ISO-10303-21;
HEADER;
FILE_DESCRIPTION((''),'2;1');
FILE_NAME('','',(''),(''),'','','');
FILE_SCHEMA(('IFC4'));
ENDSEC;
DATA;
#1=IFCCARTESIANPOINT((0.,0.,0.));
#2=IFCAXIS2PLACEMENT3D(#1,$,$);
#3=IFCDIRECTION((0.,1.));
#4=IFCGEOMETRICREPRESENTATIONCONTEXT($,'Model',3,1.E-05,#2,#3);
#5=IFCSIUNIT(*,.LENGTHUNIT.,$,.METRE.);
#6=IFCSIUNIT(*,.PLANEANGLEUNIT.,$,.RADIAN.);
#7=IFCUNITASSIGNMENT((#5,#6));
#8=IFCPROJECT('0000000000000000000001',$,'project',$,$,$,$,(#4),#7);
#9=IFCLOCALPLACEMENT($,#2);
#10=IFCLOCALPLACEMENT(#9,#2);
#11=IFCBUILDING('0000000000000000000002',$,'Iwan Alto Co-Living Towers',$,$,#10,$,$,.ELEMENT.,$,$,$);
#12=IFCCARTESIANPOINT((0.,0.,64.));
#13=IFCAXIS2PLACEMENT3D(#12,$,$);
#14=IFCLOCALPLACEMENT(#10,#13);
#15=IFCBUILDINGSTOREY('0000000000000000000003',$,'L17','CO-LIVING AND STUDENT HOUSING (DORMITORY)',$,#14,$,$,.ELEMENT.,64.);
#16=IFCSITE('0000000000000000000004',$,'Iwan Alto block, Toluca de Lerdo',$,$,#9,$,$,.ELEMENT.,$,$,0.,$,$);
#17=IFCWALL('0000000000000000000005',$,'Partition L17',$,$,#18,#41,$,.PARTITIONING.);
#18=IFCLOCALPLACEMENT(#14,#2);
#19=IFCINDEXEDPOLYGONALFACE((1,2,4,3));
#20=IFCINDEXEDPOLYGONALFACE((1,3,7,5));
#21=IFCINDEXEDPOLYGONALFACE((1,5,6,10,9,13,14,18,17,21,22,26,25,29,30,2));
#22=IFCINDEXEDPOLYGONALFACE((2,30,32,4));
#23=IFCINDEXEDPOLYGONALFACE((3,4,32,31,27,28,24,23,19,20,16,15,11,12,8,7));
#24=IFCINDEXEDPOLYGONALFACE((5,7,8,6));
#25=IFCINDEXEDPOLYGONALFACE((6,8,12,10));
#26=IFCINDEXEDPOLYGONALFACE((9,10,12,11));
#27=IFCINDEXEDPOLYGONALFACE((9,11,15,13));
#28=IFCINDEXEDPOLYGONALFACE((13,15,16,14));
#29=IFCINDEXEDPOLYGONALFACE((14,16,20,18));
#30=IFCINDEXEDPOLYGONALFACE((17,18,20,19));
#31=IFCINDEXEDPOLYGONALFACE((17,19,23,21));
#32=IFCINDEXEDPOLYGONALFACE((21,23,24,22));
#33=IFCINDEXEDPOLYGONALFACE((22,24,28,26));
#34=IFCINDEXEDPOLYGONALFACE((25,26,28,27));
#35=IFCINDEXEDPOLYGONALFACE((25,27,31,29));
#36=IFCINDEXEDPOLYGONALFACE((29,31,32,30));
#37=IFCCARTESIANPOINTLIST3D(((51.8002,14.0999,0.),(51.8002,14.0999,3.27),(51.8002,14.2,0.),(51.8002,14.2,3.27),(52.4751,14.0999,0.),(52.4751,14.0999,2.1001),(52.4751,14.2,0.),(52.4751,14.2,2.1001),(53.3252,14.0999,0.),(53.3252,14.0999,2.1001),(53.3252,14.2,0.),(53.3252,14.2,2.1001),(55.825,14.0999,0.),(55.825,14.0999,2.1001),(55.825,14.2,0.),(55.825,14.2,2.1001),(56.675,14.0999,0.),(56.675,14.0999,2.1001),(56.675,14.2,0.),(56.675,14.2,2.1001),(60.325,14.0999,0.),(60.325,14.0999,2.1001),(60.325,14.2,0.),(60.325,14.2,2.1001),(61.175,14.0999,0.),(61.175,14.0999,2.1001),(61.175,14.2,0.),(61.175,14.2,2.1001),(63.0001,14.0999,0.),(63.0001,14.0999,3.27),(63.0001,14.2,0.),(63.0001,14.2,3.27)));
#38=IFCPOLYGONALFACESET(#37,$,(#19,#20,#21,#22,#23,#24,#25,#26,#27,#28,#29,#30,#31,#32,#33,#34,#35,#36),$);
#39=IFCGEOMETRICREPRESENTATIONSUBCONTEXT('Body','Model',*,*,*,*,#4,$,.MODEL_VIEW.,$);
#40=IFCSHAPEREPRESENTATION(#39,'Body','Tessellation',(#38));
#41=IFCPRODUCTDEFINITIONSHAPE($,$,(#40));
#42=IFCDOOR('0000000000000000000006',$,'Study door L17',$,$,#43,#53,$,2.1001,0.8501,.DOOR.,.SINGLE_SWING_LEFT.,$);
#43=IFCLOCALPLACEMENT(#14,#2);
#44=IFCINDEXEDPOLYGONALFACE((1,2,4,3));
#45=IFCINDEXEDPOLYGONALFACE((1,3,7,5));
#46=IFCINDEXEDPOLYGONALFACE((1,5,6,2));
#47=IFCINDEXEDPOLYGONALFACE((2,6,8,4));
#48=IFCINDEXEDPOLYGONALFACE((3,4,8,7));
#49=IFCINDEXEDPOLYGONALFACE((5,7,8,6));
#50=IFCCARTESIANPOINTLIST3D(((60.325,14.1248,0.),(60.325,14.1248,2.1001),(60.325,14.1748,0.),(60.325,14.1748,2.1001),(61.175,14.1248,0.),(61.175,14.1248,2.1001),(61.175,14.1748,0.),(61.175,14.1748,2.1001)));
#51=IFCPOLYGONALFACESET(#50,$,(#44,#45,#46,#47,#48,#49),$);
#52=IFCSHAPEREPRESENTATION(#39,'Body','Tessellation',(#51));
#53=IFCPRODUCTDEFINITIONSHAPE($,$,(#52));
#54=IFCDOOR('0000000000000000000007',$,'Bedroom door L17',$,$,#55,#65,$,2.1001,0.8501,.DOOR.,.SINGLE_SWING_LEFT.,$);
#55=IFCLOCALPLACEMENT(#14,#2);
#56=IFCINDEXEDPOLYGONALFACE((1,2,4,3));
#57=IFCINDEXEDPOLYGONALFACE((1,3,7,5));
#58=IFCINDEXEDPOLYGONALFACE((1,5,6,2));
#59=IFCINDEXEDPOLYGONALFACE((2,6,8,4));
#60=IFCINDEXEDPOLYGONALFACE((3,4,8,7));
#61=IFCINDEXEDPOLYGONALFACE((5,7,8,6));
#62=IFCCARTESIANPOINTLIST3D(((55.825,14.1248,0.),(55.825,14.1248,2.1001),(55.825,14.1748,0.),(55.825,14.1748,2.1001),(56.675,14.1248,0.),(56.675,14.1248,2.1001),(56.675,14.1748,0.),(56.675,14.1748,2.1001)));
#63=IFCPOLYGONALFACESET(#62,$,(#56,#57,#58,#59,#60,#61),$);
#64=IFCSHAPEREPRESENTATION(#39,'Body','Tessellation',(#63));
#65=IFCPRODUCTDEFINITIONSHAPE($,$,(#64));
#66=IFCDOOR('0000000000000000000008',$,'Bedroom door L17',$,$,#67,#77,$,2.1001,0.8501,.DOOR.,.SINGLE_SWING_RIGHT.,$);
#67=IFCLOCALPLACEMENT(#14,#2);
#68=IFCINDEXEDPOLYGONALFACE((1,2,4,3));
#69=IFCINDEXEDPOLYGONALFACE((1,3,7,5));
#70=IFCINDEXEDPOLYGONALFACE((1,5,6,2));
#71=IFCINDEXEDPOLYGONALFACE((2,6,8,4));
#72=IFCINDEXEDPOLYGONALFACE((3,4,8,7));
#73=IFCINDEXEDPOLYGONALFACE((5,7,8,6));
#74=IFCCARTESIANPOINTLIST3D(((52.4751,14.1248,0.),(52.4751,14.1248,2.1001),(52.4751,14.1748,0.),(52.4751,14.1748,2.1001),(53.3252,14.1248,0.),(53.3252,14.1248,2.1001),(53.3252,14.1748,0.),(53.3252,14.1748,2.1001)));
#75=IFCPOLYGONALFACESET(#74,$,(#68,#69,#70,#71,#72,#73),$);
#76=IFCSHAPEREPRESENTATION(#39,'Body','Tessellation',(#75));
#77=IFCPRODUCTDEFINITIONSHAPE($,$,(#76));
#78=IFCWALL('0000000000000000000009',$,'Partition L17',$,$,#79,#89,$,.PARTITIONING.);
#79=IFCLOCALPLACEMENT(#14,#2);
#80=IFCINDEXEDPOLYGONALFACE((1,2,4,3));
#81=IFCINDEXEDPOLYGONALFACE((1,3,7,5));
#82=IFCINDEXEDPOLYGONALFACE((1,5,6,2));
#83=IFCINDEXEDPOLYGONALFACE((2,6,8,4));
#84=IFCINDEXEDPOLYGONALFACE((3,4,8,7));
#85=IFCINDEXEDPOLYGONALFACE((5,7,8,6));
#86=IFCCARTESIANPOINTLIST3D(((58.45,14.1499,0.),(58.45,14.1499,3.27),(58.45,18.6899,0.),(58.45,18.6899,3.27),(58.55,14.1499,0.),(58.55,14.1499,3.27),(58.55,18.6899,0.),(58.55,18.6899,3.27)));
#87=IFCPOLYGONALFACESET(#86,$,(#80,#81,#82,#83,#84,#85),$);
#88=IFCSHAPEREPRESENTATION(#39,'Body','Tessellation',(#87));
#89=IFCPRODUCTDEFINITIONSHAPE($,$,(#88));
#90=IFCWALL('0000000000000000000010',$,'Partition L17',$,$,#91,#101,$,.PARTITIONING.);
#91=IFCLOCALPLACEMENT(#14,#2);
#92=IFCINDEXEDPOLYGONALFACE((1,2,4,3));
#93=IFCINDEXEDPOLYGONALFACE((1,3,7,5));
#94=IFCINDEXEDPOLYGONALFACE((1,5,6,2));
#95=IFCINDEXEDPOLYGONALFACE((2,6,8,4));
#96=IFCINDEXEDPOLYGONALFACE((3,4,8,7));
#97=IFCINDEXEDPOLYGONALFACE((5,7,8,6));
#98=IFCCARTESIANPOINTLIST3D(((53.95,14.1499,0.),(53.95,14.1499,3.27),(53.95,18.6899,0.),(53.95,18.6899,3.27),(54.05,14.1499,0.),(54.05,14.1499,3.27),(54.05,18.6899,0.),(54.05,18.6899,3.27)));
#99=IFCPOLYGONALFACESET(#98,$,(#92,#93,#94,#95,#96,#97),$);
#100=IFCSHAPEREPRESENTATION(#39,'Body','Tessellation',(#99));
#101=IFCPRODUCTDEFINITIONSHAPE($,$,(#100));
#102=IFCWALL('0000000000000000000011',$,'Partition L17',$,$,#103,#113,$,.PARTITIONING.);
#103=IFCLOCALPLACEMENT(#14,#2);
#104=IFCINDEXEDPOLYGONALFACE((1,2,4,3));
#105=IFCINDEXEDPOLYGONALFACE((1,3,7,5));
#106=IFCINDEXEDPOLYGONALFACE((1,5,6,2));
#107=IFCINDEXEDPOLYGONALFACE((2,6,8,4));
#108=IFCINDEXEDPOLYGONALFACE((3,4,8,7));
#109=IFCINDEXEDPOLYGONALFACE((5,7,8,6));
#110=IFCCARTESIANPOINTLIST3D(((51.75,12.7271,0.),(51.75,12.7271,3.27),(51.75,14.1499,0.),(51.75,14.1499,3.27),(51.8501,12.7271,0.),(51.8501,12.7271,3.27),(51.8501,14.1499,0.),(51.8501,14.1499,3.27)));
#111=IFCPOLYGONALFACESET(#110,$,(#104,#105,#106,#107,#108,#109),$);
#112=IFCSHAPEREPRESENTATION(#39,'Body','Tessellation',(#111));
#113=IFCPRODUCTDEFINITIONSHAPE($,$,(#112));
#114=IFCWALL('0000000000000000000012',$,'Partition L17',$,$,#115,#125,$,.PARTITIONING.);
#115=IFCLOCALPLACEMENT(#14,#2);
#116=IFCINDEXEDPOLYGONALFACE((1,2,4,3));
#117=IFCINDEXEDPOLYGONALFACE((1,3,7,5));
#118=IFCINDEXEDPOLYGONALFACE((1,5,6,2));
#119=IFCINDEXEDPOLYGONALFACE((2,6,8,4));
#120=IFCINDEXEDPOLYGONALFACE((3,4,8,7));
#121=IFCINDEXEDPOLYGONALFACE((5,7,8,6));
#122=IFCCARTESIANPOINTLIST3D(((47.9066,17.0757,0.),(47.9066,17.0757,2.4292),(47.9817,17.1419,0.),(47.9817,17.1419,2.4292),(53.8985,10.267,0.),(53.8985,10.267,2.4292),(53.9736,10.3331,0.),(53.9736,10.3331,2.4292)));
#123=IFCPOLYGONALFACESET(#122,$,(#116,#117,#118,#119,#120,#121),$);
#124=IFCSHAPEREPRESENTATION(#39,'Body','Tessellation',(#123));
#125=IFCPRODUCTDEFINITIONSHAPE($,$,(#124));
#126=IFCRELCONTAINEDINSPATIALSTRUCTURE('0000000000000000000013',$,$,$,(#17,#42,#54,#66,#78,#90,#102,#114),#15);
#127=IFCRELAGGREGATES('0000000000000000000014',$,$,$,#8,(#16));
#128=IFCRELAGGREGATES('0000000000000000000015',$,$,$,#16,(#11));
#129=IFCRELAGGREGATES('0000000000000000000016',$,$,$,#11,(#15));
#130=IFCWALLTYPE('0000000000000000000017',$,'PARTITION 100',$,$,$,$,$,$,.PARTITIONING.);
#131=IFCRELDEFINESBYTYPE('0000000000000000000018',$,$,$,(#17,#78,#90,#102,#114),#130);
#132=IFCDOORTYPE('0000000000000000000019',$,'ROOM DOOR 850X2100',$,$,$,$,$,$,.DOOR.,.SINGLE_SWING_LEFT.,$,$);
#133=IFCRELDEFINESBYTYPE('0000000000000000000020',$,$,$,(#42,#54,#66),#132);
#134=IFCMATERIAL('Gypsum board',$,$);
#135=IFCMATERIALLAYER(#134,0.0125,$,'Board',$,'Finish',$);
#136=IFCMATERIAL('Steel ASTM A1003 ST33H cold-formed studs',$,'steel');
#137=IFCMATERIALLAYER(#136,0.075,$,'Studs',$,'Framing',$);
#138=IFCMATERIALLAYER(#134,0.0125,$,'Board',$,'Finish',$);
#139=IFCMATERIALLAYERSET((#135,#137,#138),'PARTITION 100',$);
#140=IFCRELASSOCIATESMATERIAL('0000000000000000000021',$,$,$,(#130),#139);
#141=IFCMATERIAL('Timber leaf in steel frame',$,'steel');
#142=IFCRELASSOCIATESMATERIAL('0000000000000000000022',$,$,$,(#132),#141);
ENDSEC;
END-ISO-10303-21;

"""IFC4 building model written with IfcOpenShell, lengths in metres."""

from ifc_helpers import new_model, si_unit, direction, frame, frame_2d, origin, place, context, subcontext, project, spatial, rectangle, extrude, material, layer, layer_set, type_object, element, fill, save


model = new_model("IFC4")

# Units and contexts
model_context = context("Model", 3, precision=1e-05, world=origin(), true_north=direction((0.0, 1.0)))
body_context = subcontext(model_context, "Body", "Model", "MODEL_VIEW")
ifc_project = project(units=[si_unit("LENGTHUNIT", "METRE"), si_unit("PLANEANGLEUNIT", "RADIAN")], contexts=[model_context])

# Site, building, storey
site_placement = place(None, origin())
site = spatial("IfcSite", under=ifc_project, at=site_placement, Name="Iwan Alto block, Toluca de Lerdo", CompositionType="ELEMENT", RefElevation=0.0)
building_placement = place(site_placement, origin())
building = spatial("IfcBuilding", under=site, at=building_placement, Name="Iwan Alto Co-Living Towers", CompositionType="ELEMENT")
storey_placement = place(building_placement, frame((0.0, 0.0, 64.0)))
storey = spatial("IfcBuildingStorey", under=building, at=storey_placement, Name="L17", Description="CO-LIVING AND STUDENT HOUSING (DORMITORY)", CompositionType="ELEMENT", Elevation=64.0)

# Shared definitions
ifc_material_1 = material(Name="Gypsum board")
ifc_material_2 = material(Name="Steel ASTM A1003 ST33H cold-formed studs", Category="steel")

# Wall, openings, doors
ifc_layer_1 = layer(ifc_material_1, 0.0125, Name="Board", Category="Finish")
ifc_layer_2 = layer(ifc_material_2, 0.075, Name="Studs", Category="Framing")
ifc_layer_3 = layer(ifc_material_1, 0.0125, Name="Board", Category="Finish")
ifc_layer_set_1 = layer_set([ifc_layer_1, ifc_layer_2, ifc_layer_3], Name="PARTITION 100")
wall_type_1 = type_object("IfcWallType", Name="PARTITION 100", PredefinedType="PARTITIONING", material=ifc_layer_set_1)
wall_1_placement = place(storey_placement, frame((51.8, 14.1499, 0.0), z_axis=(0.0, 0.0, 1.0), x_axis=(1.0, 0.0, 0.0)))
wall_1 = element("IfcWall", 1, at=wall_1_placement, inside=storey, type_object=wall_type_1, Name="Partition L17", PredefinedType="PARTITIONING", context=body_context, shape_type="SweptSolid", body=[
    extrude(rectangle(XDim=11.2, YDim=0.1001, at=frame_2d((5.6001, 0.0))), origin(), (0.0, 0.0, 1.0), 3.27),
])
opening_1_placement = place(wall_1_placement, frame((8.5249, 0.0, 0.0)))
opening_1 = element("IfcOpeningElement", 2, at=opening_1_placement, cuts=wall_1, PredefinedType="OPENING", context=body_context, shape_type="SweptSolid", body=[
    extrude(rectangle(XDim=0.8501, YDim=2.1001, at=frame_2d((0.425, 1.05))), frame((0.0, 0.0601, 0.0), z_axis=(0.0, -1.0, 0.0), x_axis=(1.0, 0.0, 0.0)), (0.0, 0.0, 1.0), 0.1201),
])
opening_2_placement = place(wall_1_placement, frame((4.0249, 0.0, 0.0)))
opening_2 = element("IfcOpeningElement", 3, at=opening_2_placement, cuts=wall_1, PredefinedType="OPENING", context=body_context, shape_type="SweptSolid", body=[
    extrude(rectangle(XDim=0.8501, YDim=2.1001, at=frame_2d((0.425, 1.05))), frame((0.0, 0.0601, 0.0), z_axis=(0.0, -1.0, 0.0), x_axis=(1.0, 0.0, 0.0)), (0.0, 0.0, 1.0), 0.1201),
])
opening_3_placement = place(wall_1_placement, frame((0.675, 0.0, 0.0)))
opening_3 = element("IfcOpeningElement", 4, at=opening_3_placement, cuts=wall_1, PredefinedType="OPENING", context=body_context, shape_type="SweptSolid", body=[
    extrude(rectangle(XDim=0.8501, YDim=2.1001, at=frame_2d((0.425, 1.05))), frame((0.0, 0.0601, 0.0), z_axis=(0.0, -1.0, 0.0), x_axis=(1.0, 0.0, 0.0)), (0.0, 0.0, 1.0), 0.1201),
])
ifc_material_3 = material(Name="Timber leaf in steel frame", Category="steel")
door_type_1 = type_object("IfcDoorType", Name="ROOM DOOR 850X2100", OperationType="SINGLE_SWING_LEFT", PredefinedType="DOOR", material=ifc_material_3)
door_1_placement = place(opening_1_placement, origin())
door_1 = element("IfcDoor", 5, at=door_1_placement, inside=storey, type_object=door_type_1, Name="Study door L17", OperationType="SINGLE_SWING_LEFT", OverallHeight=2.1001, OverallWidth=0.8501, PredefinedType="DOOR", context=body_context, shape_type="SweptSolid", body=[
    extrude(rectangle(XDim=0.8501, YDim=2.1001, at=frame_2d((0.425, 1.05))), frame((0.0, 0.0249, 0.0), z_axis=(0.0, -1.0, 0.0), x_axis=(1.0, 0.0, 0.0)), (0.0, 0.0, 1.0), 0.05),
])
fill(opening_1, door_1)
door_2_placement = place(opening_2_placement, origin())
door_2 = element("IfcDoor", 6, at=door_2_placement, inside=storey, type_object=door_type_1, Name="Bedroom door L17", OperationType="SINGLE_SWING_LEFT", OverallHeight=2.1001, OverallWidth=0.8501, PredefinedType="DOOR", context=body_context, shape_type="SweptSolid", body=[
    extrude(rectangle(XDim=0.8501, YDim=2.1001, at=frame_2d((0.425, 1.05))), frame((0.0, 0.0249, 0.0), z_axis=(0.0, -1.0, 0.0), x_axis=(1.0, 0.0, 0.0)), (0.0, 0.0, 1.0), 0.05),
])
fill(opening_2, door_2)
door_3_placement = place(opening_3_placement, origin())
door_3 = element("IfcDoor", 7, at=door_3_placement, inside=storey, type_object=door_type_1, Name="Bedroom door L17", OperationType="SINGLE_SWING_RIGHT", OverallHeight=2.1001, OverallWidth=0.8501, PredefinedType="DOOR", context=body_context, shape_type="SweptSolid", body=[
    extrude(rectangle(XDim=0.8501, YDim=2.1001, at=frame_2d((0.425, 1.05))), frame((0.0, 0.0249, 0.0), z_axis=(0.0, -1.0, 0.0), x_axis=(1.0, 0.0, 0.0)), (0.0, 0.0, 1.0), 0.05),
])
fill(opening_3, door_3)

# Walls
for number, where, z_axis, x_axis, name in (
    (8, (58.5, 14.1499, 0.0), (0.0, 0.0, 1.0), (0.0, 1.0, 0.0), "Partition L17"),
    (9, (54.0, 14.1499, 0.0), (0.0, 0.0, 1.0), (0.0, 1.0, 0.0), "Partition L17"),
):
    element("IfcWall", number, at=place(storey_placement, frame(where, z_axis=z_axis, x_axis=x_axis)), inside=storey, type_object=wall_type_1, Name=name, PredefinedType="PARTITIONING", context=body_context, shape_type="SweptSolid", body=[
        extrude(rectangle(XDim=4.54, YDim=0.1001, at=frame_2d((2.27, 0.0))), origin(), (0.0, 0.0, 1.0), 3.27),
    ])
wall_2_placement = place(storey_placement, frame((51.8, 12.7271, 0.0), z_axis=(0.0, 0.0, 1.0), x_axis=(0.0, 1.0, 0.0)))
element("IfcWall", 10, at=wall_2_placement, inside=storey, type_object=wall_type_1, Name="Partition L17", PredefinedType="PARTITIONING", context=body_context, shape_type="SweptSolid", body=[
    extrude(rectangle(XDim=1.4229, YDim=0.1001, at=frame_2d((0.7114, 0.0))), origin(), (0.0, 0.0, 1.0), 3.27),
])
wall_3_placement = place(storey_placement, frame((53.936, 10.3, 0.0), z_axis=(0.0, 0.0, 1.0), x_axis=(-0.660638, 0.750704, 0.0)))
element("IfcWall", 11, at=wall_3_placement, inside=storey, type_object=wall_type_1, Name="Partition L17", PredefinedType="PARTITIONING", context=body_context, shape_type="SweptSolid", body=[
    extrude(rectangle(XDim=9.0698, YDim=0.1001, at=frame_2d((4.5349, 0.0))), origin(), (0.0, 0.0, 1.0), 2.4292),
])

save(model, "model.ifc")
